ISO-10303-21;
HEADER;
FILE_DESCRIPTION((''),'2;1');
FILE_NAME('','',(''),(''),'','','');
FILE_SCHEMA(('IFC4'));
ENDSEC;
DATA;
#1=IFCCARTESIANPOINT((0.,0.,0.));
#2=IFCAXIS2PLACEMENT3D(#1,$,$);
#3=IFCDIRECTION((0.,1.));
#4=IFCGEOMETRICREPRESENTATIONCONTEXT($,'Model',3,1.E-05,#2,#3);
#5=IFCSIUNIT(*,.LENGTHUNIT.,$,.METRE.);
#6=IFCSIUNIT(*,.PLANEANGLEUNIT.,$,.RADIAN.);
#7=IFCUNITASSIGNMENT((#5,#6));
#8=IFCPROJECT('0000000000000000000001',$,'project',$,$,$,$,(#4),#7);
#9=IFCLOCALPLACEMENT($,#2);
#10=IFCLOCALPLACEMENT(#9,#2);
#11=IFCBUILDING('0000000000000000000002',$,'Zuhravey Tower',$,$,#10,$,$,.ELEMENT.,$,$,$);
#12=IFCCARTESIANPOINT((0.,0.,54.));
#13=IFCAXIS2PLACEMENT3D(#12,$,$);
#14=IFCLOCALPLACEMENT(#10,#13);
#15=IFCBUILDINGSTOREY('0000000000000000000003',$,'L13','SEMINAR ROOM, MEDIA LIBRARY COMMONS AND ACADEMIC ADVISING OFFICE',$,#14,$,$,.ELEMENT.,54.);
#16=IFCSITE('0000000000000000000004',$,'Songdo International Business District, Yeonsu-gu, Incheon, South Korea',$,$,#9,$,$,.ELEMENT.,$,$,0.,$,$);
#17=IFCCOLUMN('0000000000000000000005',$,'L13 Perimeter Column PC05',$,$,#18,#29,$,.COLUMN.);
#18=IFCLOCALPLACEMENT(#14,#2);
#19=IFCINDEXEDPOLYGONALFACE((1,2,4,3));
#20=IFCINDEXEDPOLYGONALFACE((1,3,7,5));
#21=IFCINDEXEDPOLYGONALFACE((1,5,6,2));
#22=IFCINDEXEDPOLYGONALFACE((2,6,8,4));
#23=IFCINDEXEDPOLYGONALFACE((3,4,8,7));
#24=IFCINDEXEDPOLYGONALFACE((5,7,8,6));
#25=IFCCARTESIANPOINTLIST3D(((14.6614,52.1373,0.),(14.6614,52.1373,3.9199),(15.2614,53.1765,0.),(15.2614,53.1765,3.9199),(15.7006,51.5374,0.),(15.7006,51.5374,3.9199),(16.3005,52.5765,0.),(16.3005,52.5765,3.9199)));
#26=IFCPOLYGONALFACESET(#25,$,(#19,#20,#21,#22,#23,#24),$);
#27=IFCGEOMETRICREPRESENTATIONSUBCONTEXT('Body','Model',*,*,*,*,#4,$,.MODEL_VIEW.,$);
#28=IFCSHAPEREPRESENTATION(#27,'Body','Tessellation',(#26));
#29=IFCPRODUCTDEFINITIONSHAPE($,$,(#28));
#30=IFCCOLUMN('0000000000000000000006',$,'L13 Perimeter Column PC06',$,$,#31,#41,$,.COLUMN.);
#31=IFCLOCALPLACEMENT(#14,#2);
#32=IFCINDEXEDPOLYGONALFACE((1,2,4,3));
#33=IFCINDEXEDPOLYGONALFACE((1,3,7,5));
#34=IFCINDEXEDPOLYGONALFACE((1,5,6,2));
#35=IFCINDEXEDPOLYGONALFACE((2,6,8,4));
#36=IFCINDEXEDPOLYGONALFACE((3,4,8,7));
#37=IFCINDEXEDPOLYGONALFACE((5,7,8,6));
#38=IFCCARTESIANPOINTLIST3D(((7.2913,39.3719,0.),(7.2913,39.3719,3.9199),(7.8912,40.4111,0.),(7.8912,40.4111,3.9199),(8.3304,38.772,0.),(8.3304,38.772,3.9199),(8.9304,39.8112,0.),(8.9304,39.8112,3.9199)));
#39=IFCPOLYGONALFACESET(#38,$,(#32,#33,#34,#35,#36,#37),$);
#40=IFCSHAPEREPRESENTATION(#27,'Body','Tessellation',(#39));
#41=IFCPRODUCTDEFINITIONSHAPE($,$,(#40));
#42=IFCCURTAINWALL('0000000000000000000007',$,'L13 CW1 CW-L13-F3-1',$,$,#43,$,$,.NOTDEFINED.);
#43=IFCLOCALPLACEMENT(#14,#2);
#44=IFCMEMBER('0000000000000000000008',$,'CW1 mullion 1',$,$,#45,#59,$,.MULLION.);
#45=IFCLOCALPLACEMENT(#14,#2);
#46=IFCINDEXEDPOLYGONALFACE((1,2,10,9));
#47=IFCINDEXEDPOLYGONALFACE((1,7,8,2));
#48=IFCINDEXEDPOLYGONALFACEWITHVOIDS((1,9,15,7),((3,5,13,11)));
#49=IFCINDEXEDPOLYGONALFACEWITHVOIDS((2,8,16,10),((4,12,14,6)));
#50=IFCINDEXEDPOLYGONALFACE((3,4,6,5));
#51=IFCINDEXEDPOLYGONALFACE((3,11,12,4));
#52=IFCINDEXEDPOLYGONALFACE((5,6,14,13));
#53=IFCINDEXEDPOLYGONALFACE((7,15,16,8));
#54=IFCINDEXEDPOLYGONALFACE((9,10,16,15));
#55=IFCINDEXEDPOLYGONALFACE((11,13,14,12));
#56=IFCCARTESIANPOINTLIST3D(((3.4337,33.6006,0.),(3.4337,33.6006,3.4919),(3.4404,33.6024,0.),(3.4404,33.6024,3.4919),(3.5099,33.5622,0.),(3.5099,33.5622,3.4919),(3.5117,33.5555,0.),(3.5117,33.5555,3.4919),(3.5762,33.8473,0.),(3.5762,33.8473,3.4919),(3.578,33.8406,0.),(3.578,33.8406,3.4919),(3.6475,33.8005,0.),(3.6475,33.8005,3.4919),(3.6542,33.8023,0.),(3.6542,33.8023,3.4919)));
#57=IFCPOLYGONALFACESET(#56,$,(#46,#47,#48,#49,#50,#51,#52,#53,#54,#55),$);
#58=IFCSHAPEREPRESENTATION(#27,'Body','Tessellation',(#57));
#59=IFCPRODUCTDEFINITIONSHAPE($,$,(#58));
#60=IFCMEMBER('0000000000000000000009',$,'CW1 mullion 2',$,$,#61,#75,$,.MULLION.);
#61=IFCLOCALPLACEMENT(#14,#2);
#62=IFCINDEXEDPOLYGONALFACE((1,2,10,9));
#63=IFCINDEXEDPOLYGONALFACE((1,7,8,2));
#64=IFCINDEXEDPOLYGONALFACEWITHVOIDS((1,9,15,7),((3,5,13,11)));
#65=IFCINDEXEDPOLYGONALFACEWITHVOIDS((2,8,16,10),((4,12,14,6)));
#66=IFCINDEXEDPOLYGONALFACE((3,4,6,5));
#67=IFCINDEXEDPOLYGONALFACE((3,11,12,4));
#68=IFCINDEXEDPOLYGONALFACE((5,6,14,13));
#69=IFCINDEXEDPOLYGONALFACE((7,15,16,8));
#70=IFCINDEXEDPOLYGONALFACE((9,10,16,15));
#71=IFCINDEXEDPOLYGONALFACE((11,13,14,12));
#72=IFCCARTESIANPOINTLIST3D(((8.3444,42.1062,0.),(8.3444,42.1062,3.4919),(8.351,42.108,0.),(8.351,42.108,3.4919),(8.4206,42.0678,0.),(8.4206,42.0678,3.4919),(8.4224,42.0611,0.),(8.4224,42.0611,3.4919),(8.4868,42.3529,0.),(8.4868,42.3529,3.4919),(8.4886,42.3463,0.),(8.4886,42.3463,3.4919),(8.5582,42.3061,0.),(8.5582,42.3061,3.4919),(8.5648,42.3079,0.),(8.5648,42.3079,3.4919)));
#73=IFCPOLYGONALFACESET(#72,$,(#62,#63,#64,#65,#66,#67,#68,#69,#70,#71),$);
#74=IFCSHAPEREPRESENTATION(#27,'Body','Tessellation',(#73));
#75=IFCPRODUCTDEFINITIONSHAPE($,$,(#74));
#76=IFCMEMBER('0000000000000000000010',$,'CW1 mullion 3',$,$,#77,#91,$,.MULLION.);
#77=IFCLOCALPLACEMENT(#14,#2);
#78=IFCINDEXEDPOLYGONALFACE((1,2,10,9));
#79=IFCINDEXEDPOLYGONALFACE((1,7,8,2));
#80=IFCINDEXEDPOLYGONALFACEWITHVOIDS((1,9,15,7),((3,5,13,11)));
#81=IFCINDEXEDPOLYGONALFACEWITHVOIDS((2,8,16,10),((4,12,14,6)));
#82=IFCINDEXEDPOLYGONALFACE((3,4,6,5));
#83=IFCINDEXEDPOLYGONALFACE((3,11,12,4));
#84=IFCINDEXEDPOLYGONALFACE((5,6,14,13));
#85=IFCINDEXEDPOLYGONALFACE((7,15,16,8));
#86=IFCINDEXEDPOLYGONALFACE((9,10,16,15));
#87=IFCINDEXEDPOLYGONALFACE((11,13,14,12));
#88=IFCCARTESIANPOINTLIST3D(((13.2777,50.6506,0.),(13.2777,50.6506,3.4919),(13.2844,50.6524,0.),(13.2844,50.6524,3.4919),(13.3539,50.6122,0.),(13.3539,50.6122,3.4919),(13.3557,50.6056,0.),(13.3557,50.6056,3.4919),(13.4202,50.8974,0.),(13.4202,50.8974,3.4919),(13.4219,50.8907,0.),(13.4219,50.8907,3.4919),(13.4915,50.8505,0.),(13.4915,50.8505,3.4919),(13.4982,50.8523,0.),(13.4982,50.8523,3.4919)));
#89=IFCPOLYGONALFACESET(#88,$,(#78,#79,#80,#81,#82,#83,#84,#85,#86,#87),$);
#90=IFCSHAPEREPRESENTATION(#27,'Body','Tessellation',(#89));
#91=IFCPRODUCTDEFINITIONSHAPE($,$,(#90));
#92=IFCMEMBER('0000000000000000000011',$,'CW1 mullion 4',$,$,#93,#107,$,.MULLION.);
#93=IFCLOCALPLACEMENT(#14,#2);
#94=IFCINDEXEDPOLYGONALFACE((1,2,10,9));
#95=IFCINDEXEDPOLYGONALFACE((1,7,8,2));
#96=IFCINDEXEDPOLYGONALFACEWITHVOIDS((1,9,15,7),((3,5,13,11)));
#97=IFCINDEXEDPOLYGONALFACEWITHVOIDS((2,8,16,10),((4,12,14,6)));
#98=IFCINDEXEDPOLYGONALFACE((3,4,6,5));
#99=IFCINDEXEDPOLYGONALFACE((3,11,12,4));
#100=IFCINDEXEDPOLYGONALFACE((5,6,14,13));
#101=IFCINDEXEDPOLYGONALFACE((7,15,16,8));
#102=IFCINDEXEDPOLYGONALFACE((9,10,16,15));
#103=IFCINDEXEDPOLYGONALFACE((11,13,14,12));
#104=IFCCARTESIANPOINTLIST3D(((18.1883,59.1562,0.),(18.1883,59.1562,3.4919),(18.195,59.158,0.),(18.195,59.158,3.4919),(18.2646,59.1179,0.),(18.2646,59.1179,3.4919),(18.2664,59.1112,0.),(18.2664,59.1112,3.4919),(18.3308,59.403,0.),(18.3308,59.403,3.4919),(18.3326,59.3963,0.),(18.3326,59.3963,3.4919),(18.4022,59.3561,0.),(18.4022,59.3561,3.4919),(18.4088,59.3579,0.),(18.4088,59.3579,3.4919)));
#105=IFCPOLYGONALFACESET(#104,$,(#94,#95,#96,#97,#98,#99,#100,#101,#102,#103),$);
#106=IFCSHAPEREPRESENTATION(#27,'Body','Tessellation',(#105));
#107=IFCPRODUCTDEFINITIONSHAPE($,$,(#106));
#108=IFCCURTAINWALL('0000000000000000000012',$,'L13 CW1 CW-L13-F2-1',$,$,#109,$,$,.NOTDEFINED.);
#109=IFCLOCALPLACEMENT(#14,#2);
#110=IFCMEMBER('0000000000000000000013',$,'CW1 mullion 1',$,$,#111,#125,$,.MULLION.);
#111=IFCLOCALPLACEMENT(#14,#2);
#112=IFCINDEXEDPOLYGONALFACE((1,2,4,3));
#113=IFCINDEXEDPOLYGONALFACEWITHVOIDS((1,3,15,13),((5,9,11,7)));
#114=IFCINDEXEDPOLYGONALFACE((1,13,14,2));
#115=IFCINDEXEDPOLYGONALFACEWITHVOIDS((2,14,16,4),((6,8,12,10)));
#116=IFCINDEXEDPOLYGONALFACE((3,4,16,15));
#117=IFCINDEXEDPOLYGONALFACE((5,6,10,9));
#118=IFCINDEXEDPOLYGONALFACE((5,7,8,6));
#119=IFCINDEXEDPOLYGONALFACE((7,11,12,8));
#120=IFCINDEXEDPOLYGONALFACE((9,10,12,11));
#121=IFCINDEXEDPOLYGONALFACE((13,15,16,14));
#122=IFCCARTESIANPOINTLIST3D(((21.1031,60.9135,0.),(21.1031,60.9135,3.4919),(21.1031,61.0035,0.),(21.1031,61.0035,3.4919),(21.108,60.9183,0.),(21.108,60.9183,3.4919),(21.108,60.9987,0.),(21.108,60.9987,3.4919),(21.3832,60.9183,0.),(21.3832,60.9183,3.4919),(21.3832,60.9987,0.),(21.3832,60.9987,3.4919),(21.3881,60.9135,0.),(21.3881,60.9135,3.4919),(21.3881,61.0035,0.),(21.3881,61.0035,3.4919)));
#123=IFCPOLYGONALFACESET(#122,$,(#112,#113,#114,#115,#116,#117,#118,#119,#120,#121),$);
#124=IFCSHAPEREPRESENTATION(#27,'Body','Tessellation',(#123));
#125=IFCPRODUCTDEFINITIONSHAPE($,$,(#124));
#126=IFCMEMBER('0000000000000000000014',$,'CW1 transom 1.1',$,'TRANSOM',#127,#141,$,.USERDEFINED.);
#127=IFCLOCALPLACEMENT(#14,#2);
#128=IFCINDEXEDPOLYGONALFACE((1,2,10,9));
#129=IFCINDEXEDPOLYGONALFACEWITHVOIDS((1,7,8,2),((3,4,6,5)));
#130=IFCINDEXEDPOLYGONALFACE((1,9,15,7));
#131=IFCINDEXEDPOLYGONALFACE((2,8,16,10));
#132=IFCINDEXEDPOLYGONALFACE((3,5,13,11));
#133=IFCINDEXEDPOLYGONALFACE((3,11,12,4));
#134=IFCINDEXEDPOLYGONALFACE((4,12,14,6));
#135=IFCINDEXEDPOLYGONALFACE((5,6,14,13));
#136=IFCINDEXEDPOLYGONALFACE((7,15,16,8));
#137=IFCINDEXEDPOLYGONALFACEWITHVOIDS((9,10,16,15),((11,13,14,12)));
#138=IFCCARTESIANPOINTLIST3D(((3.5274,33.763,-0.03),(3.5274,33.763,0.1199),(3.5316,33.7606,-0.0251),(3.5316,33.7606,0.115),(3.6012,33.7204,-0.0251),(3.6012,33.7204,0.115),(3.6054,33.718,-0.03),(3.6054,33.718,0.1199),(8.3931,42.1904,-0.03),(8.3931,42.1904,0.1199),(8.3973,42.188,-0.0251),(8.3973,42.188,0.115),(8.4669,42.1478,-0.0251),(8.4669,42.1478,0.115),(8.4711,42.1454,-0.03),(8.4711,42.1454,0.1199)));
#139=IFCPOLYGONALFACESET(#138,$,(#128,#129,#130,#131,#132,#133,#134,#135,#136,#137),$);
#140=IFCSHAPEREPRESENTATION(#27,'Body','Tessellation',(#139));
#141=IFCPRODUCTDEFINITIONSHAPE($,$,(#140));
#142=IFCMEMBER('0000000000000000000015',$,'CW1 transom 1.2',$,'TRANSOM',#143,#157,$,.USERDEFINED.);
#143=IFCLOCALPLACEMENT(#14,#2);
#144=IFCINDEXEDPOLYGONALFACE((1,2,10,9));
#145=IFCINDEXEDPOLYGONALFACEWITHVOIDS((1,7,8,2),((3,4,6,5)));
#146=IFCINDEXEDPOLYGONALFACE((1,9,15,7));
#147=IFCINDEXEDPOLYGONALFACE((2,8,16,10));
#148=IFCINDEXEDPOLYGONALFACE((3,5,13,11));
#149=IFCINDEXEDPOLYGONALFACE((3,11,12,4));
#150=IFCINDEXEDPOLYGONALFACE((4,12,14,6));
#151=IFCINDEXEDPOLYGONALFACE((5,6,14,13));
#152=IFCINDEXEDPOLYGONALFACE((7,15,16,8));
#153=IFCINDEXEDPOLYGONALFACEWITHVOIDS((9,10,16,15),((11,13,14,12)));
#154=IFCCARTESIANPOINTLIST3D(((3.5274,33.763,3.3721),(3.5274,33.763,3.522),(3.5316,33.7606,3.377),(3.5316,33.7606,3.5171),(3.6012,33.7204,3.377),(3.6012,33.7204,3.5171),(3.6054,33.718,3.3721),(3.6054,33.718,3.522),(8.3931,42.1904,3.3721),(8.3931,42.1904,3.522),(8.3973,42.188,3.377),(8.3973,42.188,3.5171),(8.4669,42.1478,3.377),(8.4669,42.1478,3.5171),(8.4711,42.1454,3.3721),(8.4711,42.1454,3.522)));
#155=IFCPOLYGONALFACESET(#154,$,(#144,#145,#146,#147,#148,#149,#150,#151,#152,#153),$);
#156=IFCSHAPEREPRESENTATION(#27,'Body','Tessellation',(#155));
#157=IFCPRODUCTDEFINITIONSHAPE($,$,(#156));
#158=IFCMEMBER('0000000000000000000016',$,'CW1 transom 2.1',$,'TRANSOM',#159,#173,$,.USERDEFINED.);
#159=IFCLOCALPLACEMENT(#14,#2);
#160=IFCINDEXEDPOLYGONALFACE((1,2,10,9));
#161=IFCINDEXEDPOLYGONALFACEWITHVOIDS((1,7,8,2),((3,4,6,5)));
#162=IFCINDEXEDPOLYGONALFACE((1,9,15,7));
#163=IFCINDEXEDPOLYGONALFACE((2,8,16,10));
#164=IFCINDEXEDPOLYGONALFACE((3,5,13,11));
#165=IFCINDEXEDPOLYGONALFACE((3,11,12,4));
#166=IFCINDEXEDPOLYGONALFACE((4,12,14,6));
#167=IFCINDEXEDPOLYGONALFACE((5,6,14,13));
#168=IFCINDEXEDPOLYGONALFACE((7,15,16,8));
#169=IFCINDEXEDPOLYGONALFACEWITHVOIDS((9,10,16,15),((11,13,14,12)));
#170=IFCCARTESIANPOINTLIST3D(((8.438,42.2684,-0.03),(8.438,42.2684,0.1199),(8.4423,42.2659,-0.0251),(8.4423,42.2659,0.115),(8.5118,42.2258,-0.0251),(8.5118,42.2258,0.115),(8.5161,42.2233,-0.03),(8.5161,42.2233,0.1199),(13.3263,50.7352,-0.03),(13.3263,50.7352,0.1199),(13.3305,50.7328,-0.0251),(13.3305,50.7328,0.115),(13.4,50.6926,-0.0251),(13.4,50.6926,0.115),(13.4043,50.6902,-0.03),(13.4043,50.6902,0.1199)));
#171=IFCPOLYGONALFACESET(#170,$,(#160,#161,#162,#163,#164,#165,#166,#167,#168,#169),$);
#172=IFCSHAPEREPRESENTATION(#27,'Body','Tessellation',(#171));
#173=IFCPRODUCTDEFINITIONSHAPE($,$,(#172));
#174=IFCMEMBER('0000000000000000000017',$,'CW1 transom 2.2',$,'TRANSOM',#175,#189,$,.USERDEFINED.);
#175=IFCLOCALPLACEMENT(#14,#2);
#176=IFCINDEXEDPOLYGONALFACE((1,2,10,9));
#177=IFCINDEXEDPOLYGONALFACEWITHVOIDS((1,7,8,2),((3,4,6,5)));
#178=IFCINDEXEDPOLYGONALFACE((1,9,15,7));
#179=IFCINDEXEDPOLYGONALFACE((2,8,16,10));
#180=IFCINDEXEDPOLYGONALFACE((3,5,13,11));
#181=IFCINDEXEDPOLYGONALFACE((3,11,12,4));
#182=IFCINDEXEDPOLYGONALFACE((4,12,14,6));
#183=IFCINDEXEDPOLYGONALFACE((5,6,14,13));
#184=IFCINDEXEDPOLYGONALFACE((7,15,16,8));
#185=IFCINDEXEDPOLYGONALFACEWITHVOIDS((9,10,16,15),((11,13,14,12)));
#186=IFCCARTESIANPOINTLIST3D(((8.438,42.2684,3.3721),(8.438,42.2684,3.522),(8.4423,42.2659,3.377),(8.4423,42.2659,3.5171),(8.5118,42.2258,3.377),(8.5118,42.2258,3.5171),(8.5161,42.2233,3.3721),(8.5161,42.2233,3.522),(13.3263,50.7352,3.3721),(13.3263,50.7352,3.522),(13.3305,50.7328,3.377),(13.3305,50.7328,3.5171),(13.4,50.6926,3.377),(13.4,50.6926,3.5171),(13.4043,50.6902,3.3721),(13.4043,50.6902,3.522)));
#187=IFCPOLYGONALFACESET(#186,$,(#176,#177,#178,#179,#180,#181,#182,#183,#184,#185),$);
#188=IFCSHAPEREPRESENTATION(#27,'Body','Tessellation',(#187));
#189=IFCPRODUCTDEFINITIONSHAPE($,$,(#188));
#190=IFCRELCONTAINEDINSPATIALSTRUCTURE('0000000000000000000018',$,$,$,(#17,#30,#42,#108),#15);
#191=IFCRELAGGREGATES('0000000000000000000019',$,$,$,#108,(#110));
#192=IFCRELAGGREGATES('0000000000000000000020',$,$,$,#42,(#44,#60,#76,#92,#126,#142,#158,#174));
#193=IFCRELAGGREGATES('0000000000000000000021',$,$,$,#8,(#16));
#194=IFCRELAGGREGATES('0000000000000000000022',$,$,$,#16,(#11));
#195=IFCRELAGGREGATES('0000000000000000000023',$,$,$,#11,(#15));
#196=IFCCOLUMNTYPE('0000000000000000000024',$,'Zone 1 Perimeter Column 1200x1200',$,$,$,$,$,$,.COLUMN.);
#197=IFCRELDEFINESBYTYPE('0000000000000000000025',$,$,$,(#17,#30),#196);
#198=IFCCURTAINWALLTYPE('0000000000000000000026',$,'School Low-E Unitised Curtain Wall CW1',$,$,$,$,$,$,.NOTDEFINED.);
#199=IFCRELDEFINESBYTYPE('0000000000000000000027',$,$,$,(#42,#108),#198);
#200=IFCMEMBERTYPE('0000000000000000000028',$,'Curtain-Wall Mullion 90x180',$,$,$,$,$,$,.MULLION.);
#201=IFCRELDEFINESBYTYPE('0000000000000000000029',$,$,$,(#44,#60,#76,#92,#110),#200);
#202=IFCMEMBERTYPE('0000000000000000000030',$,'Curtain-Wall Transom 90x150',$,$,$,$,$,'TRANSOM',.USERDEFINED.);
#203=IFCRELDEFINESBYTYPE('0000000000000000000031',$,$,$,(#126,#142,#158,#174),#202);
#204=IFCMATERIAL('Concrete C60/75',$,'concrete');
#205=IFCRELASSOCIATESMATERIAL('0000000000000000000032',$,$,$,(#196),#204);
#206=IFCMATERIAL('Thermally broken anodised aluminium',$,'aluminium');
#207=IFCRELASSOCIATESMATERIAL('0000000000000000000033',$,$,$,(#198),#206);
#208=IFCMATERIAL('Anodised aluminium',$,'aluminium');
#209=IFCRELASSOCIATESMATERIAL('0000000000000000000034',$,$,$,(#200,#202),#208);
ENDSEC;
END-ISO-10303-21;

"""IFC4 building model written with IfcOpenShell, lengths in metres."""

from ifc_helpers import new_model, si_unit, direction, frame, origin, origin_2d, place, context, subcontext, project, spatial, rectangle, hollow_rectangle, extrude, material, material_profile, profile_set, type_object, element, aggregate, save


model = new_model("IFC4")

# Units and contexts
model_context = context("Model", 3, precision=1e-05, world=origin(), true_north=direction((0.0, 1.0)))
body_context = subcontext(model_context, "Body", "Model", "MODEL_VIEW")
ifc_project = project(units=[si_unit("LENGTHUNIT", "METRE"), si_unit("PLANEANGLEUNIT", "RADIAN")], contexts=[model_context])

# Site, building, storey
site_placement = place(None, origin())
site = spatial("IfcSite", under=ifc_project, at=site_placement, Name="Songdo International Business District, Yeonsu-gu, Incheon, South Korea", CompositionType="ELEMENT", RefElevation=0.0)
building_placement = place(site_placement, origin())
building = spatial("IfcBuilding", under=site, at=building_placement, Name="Zuhravey Tower", CompositionType="ELEMENT")
storey_placement = place(building_placement, frame((0.0, 0.0, 54.0)))
storey = spatial("IfcBuildingStorey", under=building, at=storey_placement, Name="L13", Description="SEMINAR ROOM, MEDIA LIBRARY COMMONS AND ACADEMIC ADVISING OFFICE", CompositionType="ELEMENT", Elevation=54.0)

# Columns
ifc_material_1 = material(Name="Concrete C60/75", Category="concrete")
ifc_material_profile_1 = material_profile(ifc_material_1, rectangle(XDim=1.2, YDim=1.2, at=origin_2d()), Name="RC-1200x1200")
ifc_profile_set_1 = profile_set([ifc_material_profile_1], Name="Concrete C60/75")
column_type = type_object("IfcColumnType", Name="Zone 1 Perimeter Column 1200x1200", PredefinedType="COLUMN", material=ifc_profile_set_1)
for number, where, z_axis, x_axis, name in (
    (1, (15.481, 52.3569, 0.0), (0.0, 0.0, 1.0), (-0.5, -0.866025, 0.0), "L13 Perimeter Column PC05"),
    (2, (8.1108, 39.5916, 0.0), (0.0, 0.0, 1.0), (-0.5, -0.866025, 0.0), "L13 Perimeter Column PC06"),
):
    element("IfcColumn", number, at=place(storey_placement, frame(where, z_axis=z_axis, x_axis=x_axis)), inside=storey, type_object=column_type, Name=name, PredefinedType="COLUMN", context=body_context, shape_type="SweptSolid", body=[
        extrude(rectangle(XDim=1.2, YDim=1.2, at=origin_2d()), origin(), (0.0, 0.0, 1.0), 3.9199),
    ])

# Curtain wall, members
ifc_material_2 = material(Name="Thermally broken anodised aluminium", Category="aluminium")
curtain_wall_type = type_object("IfcCurtainWallType", Name="School Low-E Unitised Curtain Wall CW1", PredefinedType="NOTDEFINED", material=ifc_material_2)
curtain_wall_1_placement = place(storey_placement, origin())
curtain_wall_1 = element("IfcCurtainWall", 3, at=curtain_wall_1_placement, inside=storey, type_object=curtain_wall_type, Name="L13 CW1 CW-L13-F3-1", PredefinedType="NOTDEFINED")
ifc_material_3 = material(Name="Anodised aluminium", Category="aluminium")
ifc_material_profile_2 = material_profile(ifc_material_3, hollow_rectangle(XDim=0.0901, YDim=0.2849, WallThickness=0.0049, at=origin_2d()), Name="ALU-RHS-90x285x5")
ifc_profile_set_2 = profile_set([ifc_material_profile_2], Name="Anodised aluminium")
member_type_1 = type_object("IfcMemberType", Name="Curtain-Wall Mullion 90x180", PredefinedType="MULLION", material=ifc_profile_set_2)
member_1_placement = place(storey_placement, frame((3.5439, 33.7014, 0.0), z_axis=(0.0, 0.0, 1.0), x_axis=(-0.866026, 0.5, 0.0)))
member_1 = element("IfcMember", 4, at=member_1_placement, type_object=member_type_1, Name="CW1 mullion 1", PredefinedType="MULLION", context=body_context, shape_type="SweptSolid", body=[
    extrude(hollow_rectangle(XDim=0.0901, YDim=0.2849, WallThickness=0.0049, at=origin_2d()), origin(), (0.0, 0.0, 1.0), 3.4919),
])
member_2_placement = place(storey_placement, frame((8.4546, 42.207, 0.0), z_axis=(0.0, 0.0, 1.0), x_axis=(-0.866026, 0.5, 0.0)))
member_2 = element("IfcMember", 5, at=member_2_placement, type_object=member_type_1, Name="CW1 mullion 2", PredefinedType="MULLION", context=body_context, shape_type="SweptSolid", body=[
    extrude(hollow_rectangle(XDim=0.0901, YDim=0.2849, WallThickness=0.0049, at=origin_2d()), origin(), (0.0, 0.0, 1.0), 3.4919),
])
member_3_placement = place(storey_placement, frame((13.3879, 50.7515, 0.0), z_axis=(0.0, 0.0, 1.0), x_axis=(-0.866026, 0.5, 0.0)))
member_3 = element("IfcMember", 6, at=member_3_placement, type_object=member_type_1, Name="CW1 mullion 3", PredefinedType="MULLION", context=body_context, shape_type="SweptSolid", body=[
    extrude(hollow_rectangle(XDim=0.0901, YDim=0.2849, WallThickness=0.0049, at=origin_2d()), origin(), (0.0, 0.0, 1.0), 3.4919),
])
member_4_placement = place(storey_placement, frame((18.2986, 59.2571, 0.0), z_axis=(0.0, 0.0, 1.0), x_axis=(-0.866026, 0.5, 0.0)))
member_4 = element("IfcMember", 7, at=member_4_placement, type_object=member_type_1, Name="CW1 mullion 4", PredefinedType="MULLION", context=body_context, shape_type="SweptSolid", body=[
    extrude(hollow_rectangle(XDim=0.0901, YDim=0.2849, WallThickness=0.0049, at=origin_2d()), origin(), (0.0, 0.0, 1.0), 3.4919),
])

# Curtain wall, member
curtain_wall_2_placement = place(storey_placement, origin())
curtain_wall_2 = element("IfcCurtainWall", 8, at=curtain_wall_2_placement, inside=storey, type_object=curtain_wall_type, Name="L13 CW1 CW-L13-F2-1", PredefinedType="NOTDEFINED")
member_5_placement = place(storey_placement, frame((21.2456, 60.9585, 0.0), z_axis=(0.0, 0.0, 1.0), x_axis=(0.0, 1.0, 0.0)))
member_5 = element("IfcMember", 9, at=member_5_placement, type_object=member_type_1, Name="CW1 mullion 1", PredefinedType="MULLION", context=body_context, shape_type="SweptSolid", body=[
    extrude(hollow_rectangle(XDim=0.0901, YDim=0.2849, WallThickness=0.0049, at=origin_2d()), origin(), (0.0, 0.0, 1.0), 3.4919),
])

# Members
ifc_material_profile_3 = material_profile(ifc_material_3, hollow_rectangle(XDim=0.0901, YDim=0.1499, WallThickness=0.0049, at=origin_2d()), Name="ALU-RHS-90x150x5")
ifc_profile_set_3 = profile_set([ifc_material_profile_3], Name="Anodised aluminium")
member_type_2 = type_object("IfcMemberType", Name="Curtain-Wall Transom 90x150", ElementType="TRANSOM", PredefinedType="USERDEFINED", material=ifc_profile_set_3)
member_6_placement = place(storey_placement, frame((3.5664, 33.7405, 0.0449), z_axis=(0.500008, 0.866021, 0.0), x_axis=(-0.866021, 0.500008, 0.0)))
member_6 = element("IfcMember", 10, at=member_6_placement, type_object=member_type_2, Name="CW1 transom 1.1", ObjectType="TRANSOM", PredefinedType="USERDEFINED", context=body_context, shape_type="SweptSolid", body=[
    extrude(hollow_rectangle(XDim=0.0901, YDim=0.1499, WallThickness=0.0049, at=origin_2d()), origin(), (0.0, 0.0, 1.0), 9.7312),
])
member_7_placement = place(storey_placement, frame((3.5664, 33.7405, 3.447), z_axis=(0.500008, 0.866021, 0.0), x_axis=(-0.866021, 0.500008, 0.0)))
member_7 = element("IfcMember", 11, at=member_7_placement, type_object=member_type_2, Name="CW1 transom 1.2", ObjectType="TRANSOM", PredefinedType="USERDEFINED", context=body_context, shape_type="SweptSolid", body=[
    extrude(hollow_rectangle(XDim=0.0901, YDim=0.1499, WallThickness=0.0049, at=origin_2d()), origin(), (0.0, 0.0, 1.0), 9.7312),
])
member_8_placement = place(storey_placement, frame((8.4771, 42.2458, 0.0449), z_axis=(0.49999, 0.866031, 0.0), x_axis=(-0.866031, 0.49999, 0.0)))
member_8 = element("IfcMember", 12, at=member_8_placement, type_object=member_type_2, Name="CW1 transom 2.1", ObjectType="TRANSOM", PredefinedType="USERDEFINED", context=body_context, shape_type="SweptSolid", body=[
    extrude(hollow_rectangle(XDim=0.0901, YDim=0.1499, WallThickness=0.0049, at=origin_2d()), origin(), (0.0, 0.0, 1.0), 9.7766),
])
member_9_placement = place(storey_placement, frame((8.4771, 42.2458, 3.447), z_axis=(0.49999, 0.866031, 0.0), x_axis=(-0.866031, 0.49999, 0.0)))
member_9 = element("IfcMember", 13, at=member_9_placement, type_object=member_type_2, Name="CW1 transom 2.2", ObjectType="TRANSOM", PredefinedType="USERDEFINED", context=body_context, shape_type="SweptSolid", body=[
    extrude(hollow_rectangle(XDim=0.0901, YDim=0.1499, WallThickness=0.0049, at=origin_2d()), origin(), (0.0, 0.0, 1.0), 9.7766),
])
aggregate(curtain_wall_2, [member_5])

aggregate(curtain_wall_1, [member_1, member_2, member_3, member_4, member_6, member_7, member_8, member_9])

save(model, "model.ifc")
